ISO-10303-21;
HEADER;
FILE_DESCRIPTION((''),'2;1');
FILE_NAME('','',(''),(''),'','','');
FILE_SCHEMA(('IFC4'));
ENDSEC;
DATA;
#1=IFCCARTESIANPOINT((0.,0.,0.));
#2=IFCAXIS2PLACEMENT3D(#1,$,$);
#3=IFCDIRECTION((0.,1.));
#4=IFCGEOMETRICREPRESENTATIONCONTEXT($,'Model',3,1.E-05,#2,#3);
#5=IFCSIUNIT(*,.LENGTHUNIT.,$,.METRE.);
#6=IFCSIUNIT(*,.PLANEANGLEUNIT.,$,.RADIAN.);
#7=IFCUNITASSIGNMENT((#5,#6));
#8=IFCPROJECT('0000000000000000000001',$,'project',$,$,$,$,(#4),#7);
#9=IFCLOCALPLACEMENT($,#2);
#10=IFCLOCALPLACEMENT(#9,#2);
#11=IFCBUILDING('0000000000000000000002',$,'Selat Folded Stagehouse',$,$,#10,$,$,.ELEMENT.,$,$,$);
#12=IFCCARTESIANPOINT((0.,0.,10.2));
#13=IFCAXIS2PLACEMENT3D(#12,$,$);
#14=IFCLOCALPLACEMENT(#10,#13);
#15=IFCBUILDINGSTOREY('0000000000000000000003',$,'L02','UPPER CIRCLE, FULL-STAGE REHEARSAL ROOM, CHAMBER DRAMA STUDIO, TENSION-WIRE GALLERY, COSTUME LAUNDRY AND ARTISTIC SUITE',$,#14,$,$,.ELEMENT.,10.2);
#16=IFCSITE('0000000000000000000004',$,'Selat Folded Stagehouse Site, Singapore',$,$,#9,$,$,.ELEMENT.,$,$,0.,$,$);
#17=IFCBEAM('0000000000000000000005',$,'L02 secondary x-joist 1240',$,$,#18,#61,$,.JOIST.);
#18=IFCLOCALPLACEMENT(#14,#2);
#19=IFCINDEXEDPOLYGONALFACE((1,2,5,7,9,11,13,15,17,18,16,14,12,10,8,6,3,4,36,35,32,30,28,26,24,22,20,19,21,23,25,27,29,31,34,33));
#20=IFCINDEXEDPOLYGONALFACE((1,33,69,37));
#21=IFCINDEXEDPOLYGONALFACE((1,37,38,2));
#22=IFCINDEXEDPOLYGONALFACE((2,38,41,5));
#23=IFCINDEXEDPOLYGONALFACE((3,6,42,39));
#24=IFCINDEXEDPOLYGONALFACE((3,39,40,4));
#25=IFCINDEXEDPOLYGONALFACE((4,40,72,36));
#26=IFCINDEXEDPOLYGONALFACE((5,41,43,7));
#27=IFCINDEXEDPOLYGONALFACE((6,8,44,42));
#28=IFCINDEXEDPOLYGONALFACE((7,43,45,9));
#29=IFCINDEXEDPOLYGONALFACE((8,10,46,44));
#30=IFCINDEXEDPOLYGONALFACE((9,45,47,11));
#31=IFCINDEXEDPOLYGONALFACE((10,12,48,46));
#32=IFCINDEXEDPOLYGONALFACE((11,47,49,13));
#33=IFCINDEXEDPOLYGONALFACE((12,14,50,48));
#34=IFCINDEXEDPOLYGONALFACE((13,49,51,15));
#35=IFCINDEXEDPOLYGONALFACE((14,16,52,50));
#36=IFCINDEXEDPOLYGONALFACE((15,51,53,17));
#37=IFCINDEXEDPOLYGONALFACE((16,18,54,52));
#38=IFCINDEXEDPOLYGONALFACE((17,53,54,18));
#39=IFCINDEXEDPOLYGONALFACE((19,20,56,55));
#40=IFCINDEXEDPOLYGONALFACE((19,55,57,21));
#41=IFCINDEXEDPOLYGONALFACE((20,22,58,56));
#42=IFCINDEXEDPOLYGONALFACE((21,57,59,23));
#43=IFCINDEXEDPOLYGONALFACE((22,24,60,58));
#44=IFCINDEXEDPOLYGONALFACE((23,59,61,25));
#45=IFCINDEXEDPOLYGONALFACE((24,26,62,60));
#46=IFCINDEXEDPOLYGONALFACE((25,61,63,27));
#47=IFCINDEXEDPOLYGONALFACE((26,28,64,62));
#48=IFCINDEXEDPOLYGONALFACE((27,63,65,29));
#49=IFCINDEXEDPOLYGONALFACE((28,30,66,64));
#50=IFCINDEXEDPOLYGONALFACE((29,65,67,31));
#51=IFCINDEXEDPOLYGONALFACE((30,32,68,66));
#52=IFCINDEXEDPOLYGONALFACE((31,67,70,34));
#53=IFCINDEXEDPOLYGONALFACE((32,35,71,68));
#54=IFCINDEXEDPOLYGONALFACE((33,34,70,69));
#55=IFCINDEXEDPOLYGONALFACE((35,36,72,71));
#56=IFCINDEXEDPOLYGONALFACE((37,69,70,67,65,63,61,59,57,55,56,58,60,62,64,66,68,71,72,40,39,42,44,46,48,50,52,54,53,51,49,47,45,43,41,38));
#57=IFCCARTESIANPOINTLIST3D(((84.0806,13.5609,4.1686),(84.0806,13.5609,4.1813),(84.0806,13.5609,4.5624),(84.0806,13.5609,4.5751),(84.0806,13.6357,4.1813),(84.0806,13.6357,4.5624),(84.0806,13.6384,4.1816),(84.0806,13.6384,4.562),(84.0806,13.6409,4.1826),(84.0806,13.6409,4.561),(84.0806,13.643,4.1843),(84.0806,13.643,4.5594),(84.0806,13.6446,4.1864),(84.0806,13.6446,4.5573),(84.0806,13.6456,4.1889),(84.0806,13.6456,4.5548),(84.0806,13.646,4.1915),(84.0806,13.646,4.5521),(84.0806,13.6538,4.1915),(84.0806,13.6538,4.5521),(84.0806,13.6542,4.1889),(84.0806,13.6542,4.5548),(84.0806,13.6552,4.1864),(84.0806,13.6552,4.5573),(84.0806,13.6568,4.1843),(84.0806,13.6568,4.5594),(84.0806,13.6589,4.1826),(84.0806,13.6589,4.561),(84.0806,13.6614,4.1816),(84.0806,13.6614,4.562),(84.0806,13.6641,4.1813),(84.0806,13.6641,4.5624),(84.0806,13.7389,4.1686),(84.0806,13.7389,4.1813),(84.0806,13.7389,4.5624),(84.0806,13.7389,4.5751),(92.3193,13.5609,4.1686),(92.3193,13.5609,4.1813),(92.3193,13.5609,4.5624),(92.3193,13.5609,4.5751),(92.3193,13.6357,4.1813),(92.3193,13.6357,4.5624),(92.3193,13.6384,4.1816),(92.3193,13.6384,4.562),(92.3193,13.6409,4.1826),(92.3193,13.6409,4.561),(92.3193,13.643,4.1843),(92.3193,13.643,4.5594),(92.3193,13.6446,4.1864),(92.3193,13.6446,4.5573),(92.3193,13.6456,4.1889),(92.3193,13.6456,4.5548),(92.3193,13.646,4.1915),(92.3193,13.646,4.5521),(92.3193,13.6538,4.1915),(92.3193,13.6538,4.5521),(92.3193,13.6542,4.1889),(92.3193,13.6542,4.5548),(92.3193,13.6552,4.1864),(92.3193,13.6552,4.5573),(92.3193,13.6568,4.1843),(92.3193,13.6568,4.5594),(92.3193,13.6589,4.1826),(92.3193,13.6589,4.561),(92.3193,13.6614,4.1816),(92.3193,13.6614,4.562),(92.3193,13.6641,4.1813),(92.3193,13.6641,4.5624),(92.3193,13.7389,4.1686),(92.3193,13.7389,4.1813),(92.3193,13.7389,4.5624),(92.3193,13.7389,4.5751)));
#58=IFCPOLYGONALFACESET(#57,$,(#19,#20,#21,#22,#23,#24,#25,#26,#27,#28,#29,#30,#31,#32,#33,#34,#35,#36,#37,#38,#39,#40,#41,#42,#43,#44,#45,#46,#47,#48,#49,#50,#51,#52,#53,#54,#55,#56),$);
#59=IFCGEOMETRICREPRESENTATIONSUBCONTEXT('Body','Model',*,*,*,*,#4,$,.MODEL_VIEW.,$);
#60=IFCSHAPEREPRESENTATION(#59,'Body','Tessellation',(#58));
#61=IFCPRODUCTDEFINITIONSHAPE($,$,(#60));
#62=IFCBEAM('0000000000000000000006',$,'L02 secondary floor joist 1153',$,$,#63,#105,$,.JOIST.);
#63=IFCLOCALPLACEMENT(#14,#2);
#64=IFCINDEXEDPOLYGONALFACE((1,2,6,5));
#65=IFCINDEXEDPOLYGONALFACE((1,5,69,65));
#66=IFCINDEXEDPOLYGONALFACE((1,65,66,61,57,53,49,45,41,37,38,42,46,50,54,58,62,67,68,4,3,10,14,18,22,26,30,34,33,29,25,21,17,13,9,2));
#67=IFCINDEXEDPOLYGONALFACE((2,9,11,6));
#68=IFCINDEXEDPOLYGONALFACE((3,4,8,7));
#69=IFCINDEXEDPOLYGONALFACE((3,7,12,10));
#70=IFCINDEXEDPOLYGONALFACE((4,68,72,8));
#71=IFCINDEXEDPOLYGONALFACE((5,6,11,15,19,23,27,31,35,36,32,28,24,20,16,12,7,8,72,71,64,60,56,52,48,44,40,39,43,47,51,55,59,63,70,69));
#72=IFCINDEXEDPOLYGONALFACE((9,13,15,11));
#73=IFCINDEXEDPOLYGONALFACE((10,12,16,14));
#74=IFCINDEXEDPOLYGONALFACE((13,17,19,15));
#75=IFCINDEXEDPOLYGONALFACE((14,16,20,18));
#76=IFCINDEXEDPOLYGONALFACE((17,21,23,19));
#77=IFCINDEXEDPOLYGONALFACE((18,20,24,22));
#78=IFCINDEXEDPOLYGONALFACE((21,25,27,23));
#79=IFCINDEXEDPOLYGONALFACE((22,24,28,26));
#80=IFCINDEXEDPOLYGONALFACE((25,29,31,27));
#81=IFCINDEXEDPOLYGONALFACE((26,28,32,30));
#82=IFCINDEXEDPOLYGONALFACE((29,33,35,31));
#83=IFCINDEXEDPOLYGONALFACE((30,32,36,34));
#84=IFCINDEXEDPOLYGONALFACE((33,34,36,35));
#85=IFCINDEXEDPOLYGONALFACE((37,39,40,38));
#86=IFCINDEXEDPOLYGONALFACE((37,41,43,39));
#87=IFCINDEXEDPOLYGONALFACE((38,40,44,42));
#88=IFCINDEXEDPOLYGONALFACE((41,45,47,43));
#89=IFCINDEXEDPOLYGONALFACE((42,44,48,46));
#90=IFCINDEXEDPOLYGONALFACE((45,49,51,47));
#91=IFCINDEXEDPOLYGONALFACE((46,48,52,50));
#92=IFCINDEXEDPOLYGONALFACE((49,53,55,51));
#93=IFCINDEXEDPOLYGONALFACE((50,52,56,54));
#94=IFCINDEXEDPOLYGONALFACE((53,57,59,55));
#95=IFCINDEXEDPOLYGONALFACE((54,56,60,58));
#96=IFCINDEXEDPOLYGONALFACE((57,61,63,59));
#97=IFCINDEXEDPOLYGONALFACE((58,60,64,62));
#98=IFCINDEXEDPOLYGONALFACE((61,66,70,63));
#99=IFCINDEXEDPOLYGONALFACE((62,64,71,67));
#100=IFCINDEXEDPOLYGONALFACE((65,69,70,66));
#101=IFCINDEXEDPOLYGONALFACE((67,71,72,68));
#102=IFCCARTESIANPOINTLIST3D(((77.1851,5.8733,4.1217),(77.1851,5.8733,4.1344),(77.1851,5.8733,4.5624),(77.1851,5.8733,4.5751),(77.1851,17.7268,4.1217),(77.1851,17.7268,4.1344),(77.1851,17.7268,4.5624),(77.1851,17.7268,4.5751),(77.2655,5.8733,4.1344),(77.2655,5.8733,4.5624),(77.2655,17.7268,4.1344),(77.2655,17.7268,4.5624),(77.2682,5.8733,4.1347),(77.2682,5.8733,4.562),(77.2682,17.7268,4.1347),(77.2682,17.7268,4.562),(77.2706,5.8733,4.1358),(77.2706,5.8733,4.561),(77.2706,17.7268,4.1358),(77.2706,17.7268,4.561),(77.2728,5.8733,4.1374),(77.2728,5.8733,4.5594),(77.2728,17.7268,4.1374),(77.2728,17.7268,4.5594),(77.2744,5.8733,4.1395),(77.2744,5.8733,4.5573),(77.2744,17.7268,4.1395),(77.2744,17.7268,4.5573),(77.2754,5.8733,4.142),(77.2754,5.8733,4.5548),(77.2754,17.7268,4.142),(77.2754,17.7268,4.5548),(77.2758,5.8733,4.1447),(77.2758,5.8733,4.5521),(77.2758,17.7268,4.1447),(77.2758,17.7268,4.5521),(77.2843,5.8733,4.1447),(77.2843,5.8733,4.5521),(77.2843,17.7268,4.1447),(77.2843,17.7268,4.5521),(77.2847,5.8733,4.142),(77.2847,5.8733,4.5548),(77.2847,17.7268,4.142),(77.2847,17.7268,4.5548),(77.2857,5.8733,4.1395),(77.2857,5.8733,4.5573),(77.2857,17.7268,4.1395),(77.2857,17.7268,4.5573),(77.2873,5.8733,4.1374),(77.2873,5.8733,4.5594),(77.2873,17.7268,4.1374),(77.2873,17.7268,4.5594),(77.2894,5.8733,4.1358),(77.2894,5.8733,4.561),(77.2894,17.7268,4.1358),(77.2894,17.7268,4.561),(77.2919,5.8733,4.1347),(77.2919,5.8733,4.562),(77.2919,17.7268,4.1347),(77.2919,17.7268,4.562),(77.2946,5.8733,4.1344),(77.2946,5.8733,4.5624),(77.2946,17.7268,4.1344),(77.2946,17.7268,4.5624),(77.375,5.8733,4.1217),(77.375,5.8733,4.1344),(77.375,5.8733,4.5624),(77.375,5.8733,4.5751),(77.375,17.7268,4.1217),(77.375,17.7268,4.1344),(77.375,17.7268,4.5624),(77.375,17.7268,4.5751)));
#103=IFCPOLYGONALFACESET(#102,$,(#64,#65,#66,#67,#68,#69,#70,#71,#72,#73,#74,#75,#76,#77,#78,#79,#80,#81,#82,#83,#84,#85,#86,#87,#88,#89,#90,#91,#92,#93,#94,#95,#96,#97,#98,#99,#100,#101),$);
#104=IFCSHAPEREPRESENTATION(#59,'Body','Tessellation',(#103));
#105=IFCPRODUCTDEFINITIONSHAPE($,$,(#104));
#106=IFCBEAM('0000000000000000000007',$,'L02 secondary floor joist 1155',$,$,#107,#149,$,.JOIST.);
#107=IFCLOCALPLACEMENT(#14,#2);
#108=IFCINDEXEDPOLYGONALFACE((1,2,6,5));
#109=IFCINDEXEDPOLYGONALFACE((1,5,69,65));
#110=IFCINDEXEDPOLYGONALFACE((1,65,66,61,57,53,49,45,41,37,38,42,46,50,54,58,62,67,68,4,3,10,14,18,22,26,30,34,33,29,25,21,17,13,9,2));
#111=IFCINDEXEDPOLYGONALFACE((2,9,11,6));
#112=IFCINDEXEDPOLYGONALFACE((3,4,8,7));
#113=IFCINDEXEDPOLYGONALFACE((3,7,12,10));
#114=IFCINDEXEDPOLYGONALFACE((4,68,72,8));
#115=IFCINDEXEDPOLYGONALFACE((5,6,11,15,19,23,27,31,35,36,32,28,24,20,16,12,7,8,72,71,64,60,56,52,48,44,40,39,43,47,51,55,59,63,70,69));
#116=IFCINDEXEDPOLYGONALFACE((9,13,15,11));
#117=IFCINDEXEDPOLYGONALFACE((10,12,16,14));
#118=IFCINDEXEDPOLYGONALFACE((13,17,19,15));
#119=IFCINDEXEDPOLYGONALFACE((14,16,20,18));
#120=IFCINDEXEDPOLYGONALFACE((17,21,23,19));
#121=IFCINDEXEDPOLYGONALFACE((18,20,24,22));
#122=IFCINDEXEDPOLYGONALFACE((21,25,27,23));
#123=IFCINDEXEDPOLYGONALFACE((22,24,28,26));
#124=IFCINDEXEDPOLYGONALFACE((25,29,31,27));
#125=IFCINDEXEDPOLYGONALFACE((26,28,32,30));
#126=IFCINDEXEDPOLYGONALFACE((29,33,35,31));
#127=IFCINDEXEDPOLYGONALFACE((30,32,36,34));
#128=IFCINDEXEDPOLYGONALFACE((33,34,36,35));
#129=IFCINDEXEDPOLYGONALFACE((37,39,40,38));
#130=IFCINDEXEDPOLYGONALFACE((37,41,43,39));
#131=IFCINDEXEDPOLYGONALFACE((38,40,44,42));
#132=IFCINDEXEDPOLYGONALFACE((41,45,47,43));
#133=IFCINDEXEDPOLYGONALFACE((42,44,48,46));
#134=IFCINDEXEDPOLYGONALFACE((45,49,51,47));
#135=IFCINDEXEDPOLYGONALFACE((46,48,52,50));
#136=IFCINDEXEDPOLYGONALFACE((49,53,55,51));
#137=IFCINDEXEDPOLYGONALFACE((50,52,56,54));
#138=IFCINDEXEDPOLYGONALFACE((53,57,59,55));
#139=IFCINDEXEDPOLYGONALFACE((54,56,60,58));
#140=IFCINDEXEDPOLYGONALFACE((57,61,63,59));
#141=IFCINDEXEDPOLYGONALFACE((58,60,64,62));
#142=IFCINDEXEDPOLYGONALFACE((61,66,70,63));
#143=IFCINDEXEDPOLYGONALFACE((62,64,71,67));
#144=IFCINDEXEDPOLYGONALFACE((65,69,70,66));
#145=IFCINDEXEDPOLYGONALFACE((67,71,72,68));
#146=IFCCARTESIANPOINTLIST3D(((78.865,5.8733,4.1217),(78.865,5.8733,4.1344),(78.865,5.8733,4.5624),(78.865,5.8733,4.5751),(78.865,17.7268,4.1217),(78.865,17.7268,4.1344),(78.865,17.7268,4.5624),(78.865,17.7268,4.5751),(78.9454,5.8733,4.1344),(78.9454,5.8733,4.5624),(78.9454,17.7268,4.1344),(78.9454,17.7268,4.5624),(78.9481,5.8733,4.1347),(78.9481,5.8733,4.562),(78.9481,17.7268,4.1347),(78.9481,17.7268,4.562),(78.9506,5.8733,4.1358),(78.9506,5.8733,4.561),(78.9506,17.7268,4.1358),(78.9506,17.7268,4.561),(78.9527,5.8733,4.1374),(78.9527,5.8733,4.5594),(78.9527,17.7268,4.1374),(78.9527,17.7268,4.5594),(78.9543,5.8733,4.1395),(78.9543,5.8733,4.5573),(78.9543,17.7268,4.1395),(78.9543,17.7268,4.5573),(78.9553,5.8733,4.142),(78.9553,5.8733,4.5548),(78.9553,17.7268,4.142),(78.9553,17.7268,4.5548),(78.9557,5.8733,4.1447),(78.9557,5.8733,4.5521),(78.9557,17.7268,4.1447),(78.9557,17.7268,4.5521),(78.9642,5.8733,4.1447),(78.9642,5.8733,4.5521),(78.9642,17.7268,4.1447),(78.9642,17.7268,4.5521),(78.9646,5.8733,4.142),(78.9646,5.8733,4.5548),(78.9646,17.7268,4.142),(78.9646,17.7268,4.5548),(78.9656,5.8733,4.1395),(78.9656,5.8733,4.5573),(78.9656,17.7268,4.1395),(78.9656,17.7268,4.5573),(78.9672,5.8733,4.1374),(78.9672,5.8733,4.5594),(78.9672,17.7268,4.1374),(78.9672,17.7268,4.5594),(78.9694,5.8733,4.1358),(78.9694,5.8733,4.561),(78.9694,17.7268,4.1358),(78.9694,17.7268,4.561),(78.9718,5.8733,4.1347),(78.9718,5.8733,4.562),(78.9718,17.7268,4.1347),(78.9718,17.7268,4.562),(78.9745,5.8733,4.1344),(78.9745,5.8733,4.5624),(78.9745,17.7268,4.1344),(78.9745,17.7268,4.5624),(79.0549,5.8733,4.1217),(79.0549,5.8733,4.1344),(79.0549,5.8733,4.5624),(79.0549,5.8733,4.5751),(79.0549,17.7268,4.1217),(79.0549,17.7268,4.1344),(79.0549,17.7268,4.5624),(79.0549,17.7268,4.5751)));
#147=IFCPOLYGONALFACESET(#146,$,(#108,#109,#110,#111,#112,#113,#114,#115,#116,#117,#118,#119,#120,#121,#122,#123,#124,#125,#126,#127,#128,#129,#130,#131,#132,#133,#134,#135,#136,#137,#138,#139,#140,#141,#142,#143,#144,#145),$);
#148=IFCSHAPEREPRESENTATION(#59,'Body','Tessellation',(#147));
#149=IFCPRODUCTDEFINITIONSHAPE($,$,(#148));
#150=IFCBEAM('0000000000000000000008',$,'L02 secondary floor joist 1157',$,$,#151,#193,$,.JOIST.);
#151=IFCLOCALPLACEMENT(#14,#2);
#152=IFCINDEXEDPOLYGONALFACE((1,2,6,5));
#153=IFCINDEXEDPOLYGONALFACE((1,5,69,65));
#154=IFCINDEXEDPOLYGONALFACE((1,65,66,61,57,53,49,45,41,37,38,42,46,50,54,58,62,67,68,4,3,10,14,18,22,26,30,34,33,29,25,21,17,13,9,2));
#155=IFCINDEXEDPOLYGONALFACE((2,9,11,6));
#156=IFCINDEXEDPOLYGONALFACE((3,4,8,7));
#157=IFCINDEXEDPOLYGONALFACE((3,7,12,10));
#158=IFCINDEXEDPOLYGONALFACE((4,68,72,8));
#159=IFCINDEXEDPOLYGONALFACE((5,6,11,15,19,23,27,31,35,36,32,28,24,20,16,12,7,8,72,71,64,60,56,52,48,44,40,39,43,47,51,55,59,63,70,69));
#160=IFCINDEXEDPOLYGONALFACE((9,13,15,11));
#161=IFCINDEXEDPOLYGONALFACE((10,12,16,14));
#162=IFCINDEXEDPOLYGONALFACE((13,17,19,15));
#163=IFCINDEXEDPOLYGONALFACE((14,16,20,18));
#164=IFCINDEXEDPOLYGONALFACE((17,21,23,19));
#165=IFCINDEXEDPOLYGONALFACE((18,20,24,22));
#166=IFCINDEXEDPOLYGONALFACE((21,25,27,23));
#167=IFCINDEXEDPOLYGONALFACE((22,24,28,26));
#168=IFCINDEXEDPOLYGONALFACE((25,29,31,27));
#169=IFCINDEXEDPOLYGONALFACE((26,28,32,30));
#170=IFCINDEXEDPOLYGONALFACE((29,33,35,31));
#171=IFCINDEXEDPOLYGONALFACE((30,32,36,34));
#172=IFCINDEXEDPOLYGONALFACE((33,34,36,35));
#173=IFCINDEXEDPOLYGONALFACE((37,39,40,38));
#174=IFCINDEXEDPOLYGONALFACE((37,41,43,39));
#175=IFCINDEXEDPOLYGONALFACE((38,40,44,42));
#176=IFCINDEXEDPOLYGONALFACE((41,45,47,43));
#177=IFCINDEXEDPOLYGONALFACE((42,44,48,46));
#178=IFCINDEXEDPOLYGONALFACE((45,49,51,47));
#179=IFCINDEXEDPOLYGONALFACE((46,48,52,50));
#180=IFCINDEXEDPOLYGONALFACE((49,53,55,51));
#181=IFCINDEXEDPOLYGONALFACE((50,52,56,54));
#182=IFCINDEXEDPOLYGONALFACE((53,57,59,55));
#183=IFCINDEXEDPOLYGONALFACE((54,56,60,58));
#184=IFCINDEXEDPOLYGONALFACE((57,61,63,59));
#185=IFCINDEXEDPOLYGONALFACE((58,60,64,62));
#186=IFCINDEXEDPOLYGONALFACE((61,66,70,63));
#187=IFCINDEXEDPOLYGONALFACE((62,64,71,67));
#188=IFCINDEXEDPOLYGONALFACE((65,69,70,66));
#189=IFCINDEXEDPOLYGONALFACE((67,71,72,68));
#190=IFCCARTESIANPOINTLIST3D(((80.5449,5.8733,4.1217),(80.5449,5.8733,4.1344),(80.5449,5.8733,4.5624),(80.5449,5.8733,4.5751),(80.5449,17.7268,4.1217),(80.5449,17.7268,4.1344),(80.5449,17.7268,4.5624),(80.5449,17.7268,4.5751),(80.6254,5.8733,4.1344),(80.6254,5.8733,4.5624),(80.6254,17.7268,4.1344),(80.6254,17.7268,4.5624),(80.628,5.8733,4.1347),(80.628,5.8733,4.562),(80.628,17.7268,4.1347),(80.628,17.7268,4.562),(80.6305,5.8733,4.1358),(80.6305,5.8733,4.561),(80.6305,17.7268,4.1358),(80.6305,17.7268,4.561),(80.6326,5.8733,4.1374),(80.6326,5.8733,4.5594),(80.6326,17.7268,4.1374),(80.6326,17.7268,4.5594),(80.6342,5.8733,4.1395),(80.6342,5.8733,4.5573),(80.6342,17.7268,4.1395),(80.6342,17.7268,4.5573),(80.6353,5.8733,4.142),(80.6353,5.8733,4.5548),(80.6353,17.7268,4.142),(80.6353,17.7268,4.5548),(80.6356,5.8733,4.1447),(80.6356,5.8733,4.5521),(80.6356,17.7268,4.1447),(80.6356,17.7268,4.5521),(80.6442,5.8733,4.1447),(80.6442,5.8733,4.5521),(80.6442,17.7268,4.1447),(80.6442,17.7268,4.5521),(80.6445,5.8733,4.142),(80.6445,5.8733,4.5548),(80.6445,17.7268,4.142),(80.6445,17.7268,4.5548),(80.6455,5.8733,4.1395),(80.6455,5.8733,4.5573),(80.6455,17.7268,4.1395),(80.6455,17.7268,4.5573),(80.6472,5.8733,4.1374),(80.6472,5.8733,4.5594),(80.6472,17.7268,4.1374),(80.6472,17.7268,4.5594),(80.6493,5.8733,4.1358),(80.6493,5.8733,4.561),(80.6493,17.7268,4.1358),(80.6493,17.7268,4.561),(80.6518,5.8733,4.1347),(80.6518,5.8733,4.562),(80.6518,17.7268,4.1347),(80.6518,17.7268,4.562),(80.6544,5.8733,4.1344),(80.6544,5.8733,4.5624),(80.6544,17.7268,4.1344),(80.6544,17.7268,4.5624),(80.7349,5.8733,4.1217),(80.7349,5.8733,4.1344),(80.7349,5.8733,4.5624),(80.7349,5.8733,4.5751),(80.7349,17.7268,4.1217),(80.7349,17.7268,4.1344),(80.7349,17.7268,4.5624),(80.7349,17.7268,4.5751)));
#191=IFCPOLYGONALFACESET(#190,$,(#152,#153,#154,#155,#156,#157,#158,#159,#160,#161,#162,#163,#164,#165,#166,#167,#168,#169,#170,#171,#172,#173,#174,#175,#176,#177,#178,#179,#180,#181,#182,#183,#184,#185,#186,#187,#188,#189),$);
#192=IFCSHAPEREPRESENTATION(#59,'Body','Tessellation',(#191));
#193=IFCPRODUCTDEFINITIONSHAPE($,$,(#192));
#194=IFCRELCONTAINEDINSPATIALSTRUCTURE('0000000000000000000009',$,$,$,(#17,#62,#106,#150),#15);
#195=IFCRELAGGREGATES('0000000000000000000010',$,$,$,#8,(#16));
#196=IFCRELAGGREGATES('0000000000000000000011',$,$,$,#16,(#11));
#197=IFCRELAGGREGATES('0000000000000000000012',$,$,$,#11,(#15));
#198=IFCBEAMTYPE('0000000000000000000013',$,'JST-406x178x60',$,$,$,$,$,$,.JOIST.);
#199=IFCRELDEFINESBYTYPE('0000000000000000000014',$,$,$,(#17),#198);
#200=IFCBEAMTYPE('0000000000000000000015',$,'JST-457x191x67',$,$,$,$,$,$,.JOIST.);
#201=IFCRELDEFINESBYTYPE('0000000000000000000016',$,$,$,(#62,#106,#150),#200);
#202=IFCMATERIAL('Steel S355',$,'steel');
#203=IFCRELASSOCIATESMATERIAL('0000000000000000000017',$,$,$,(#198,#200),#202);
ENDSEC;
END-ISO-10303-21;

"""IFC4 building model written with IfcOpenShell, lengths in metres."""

from ifc_helpers import new_model, si_unit, direction, frame, origin, origin_2d, place, context, subcontext, project, spatial, i_section, extrude, material, material_profile, profile_set, type_object, element, save


model = new_model("IFC4")

# Units and contexts
model_context = context("Model", 3, precision=1e-05, world=origin(), true_north=direction((0.0, 1.0)))
body_context = subcontext(model_context, "Body", "Model", "MODEL_VIEW")
ifc_project = project(units=[si_unit("LENGTHUNIT", "METRE"), si_unit("PLANEANGLEUNIT", "RADIAN")], contexts=[model_context])

# Site, building, storey
site_placement = place(None, origin())
site = spatial("IfcSite", under=ifc_project, at=site_placement, Name="Selat Folded Stagehouse Site, Singapore", CompositionType="ELEMENT", RefElevation=0.0)
building_placement = place(site_placement, origin())
building = spatial("IfcBuilding", under=site, at=building_placement, Name="Selat Folded Stagehouse", CompositionType="ELEMENT")
storey_placement = place(building_placement, frame((0.0, 0.0, 10.2)))
storey = spatial("IfcBuildingStorey", under=building, at=storey_placement, Name="L02", Description="UPPER CIRCLE, FULL-STAGE REHEARSAL ROOM, CHAMBER DRAMA STUDIO, TENSION-WIRE GALLERY, COSTUME LAUNDRY AND ARTISTIC SUITE", CompositionType="ELEMENT", Elevation=10.2)

# Shared definitions
ifc_material_1 = material(Name="Steel S355", Category="steel")

# Beams
ifc_material_profile_1 = material_profile(ifc_material_1, i_section(OverallWidth=0.178, OverallDepth=0.4065, WebThickness=0.0078, FlangeThickness=0.0127, FilletRadius=0.0103, at=origin_2d()), Name="UKB 406x178x60")
ifc_profile_set_1 = profile_set([ifc_material_profile_1], Name="Steel S355")
beam_type_1 = type_object("IfcBeamType", Name="JST-406x178x60", PredefinedType="JOIST", material=ifc_profile_set_1)
for number, where, z_axis, x_axis, name in (
    (1, (84.0806, 13.6499, 4.3718), (1.0, 0.0, 0.0), (0.0, 1.0, 0.0), "L02 secondary x-joist 1240"),
):
    element("IfcBeam", number, at=place(storey_placement, frame(where, z_axis=z_axis, x_axis=x_axis)), inside=storey, type_object=beam_type_1, Name=name, PredefinedType="JOIST", context=body_context, shape_type="SweptSolid", body=[
        extrude(i_section(OverallWidth=0.178, OverallDepth=0.4065, WebThickness=0.0078, FlangeThickness=0.0127, FilletRadius=0.0103, at=origin_2d()), origin(), (0.0, 0.0, 1.0), 8.2388),
    ])
ifc_material_profile_2 = material_profile(ifc_material_1, i_section(OverallWidth=0.1899, OverallDepth=0.4534, WebThickness=0.0085, FlangeThickness=0.0127, FilletRadius=0.0103, at=origin_2d()), Name="UKB 457x191x67")
ifc_profile_set_2 = profile_set([ifc_material_profile_2], Name="Steel S355")
beam_type_2 = type_object("IfcBeamType", Name="JST-457x191x67", PredefinedType="JOIST", material=ifc_profile_set_2)
for number, where, z_axis, x_axis, name in (
    (2, (77.28, 5.8733, 4.3484), (0.0, 1.0, 0.0), (-1.0, 0.0, 0.0), "L02 secondary floor joist 1153"),
    (3, (78.96, 5.8733, 4.3484), (0.0, 1.0, 0.0), (-1.0, 0.0, 0.0), "L02 secondary floor joist 1155"),
    (4, (80.6399, 5.8733, 4.3484), (0.0, 1.0, 0.0), (-1.0, 0.0, 0.0), "L02 secondary floor joist 1157"),
):
    element("IfcBeam", number, at=place(storey_placement, frame(where, z_axis=z_axis, x_axis=x_axis)), inside=storey, type_object=beam_type_2, Name=name, PredefinedType="JOIST", context=body_context, shape_type="SweptSolid", body=[
        extrude(i_section(OverallWidth=0.1899, OverallDepth=0.4534, WebThickness=0.0085, FlangeThickness=0.0127, FilletRadius=0.0103, at=origin_2d()), origin(), (0.0, 0.0, 1.0), 11.8535),
    ])

save(model, "model.ifc")
